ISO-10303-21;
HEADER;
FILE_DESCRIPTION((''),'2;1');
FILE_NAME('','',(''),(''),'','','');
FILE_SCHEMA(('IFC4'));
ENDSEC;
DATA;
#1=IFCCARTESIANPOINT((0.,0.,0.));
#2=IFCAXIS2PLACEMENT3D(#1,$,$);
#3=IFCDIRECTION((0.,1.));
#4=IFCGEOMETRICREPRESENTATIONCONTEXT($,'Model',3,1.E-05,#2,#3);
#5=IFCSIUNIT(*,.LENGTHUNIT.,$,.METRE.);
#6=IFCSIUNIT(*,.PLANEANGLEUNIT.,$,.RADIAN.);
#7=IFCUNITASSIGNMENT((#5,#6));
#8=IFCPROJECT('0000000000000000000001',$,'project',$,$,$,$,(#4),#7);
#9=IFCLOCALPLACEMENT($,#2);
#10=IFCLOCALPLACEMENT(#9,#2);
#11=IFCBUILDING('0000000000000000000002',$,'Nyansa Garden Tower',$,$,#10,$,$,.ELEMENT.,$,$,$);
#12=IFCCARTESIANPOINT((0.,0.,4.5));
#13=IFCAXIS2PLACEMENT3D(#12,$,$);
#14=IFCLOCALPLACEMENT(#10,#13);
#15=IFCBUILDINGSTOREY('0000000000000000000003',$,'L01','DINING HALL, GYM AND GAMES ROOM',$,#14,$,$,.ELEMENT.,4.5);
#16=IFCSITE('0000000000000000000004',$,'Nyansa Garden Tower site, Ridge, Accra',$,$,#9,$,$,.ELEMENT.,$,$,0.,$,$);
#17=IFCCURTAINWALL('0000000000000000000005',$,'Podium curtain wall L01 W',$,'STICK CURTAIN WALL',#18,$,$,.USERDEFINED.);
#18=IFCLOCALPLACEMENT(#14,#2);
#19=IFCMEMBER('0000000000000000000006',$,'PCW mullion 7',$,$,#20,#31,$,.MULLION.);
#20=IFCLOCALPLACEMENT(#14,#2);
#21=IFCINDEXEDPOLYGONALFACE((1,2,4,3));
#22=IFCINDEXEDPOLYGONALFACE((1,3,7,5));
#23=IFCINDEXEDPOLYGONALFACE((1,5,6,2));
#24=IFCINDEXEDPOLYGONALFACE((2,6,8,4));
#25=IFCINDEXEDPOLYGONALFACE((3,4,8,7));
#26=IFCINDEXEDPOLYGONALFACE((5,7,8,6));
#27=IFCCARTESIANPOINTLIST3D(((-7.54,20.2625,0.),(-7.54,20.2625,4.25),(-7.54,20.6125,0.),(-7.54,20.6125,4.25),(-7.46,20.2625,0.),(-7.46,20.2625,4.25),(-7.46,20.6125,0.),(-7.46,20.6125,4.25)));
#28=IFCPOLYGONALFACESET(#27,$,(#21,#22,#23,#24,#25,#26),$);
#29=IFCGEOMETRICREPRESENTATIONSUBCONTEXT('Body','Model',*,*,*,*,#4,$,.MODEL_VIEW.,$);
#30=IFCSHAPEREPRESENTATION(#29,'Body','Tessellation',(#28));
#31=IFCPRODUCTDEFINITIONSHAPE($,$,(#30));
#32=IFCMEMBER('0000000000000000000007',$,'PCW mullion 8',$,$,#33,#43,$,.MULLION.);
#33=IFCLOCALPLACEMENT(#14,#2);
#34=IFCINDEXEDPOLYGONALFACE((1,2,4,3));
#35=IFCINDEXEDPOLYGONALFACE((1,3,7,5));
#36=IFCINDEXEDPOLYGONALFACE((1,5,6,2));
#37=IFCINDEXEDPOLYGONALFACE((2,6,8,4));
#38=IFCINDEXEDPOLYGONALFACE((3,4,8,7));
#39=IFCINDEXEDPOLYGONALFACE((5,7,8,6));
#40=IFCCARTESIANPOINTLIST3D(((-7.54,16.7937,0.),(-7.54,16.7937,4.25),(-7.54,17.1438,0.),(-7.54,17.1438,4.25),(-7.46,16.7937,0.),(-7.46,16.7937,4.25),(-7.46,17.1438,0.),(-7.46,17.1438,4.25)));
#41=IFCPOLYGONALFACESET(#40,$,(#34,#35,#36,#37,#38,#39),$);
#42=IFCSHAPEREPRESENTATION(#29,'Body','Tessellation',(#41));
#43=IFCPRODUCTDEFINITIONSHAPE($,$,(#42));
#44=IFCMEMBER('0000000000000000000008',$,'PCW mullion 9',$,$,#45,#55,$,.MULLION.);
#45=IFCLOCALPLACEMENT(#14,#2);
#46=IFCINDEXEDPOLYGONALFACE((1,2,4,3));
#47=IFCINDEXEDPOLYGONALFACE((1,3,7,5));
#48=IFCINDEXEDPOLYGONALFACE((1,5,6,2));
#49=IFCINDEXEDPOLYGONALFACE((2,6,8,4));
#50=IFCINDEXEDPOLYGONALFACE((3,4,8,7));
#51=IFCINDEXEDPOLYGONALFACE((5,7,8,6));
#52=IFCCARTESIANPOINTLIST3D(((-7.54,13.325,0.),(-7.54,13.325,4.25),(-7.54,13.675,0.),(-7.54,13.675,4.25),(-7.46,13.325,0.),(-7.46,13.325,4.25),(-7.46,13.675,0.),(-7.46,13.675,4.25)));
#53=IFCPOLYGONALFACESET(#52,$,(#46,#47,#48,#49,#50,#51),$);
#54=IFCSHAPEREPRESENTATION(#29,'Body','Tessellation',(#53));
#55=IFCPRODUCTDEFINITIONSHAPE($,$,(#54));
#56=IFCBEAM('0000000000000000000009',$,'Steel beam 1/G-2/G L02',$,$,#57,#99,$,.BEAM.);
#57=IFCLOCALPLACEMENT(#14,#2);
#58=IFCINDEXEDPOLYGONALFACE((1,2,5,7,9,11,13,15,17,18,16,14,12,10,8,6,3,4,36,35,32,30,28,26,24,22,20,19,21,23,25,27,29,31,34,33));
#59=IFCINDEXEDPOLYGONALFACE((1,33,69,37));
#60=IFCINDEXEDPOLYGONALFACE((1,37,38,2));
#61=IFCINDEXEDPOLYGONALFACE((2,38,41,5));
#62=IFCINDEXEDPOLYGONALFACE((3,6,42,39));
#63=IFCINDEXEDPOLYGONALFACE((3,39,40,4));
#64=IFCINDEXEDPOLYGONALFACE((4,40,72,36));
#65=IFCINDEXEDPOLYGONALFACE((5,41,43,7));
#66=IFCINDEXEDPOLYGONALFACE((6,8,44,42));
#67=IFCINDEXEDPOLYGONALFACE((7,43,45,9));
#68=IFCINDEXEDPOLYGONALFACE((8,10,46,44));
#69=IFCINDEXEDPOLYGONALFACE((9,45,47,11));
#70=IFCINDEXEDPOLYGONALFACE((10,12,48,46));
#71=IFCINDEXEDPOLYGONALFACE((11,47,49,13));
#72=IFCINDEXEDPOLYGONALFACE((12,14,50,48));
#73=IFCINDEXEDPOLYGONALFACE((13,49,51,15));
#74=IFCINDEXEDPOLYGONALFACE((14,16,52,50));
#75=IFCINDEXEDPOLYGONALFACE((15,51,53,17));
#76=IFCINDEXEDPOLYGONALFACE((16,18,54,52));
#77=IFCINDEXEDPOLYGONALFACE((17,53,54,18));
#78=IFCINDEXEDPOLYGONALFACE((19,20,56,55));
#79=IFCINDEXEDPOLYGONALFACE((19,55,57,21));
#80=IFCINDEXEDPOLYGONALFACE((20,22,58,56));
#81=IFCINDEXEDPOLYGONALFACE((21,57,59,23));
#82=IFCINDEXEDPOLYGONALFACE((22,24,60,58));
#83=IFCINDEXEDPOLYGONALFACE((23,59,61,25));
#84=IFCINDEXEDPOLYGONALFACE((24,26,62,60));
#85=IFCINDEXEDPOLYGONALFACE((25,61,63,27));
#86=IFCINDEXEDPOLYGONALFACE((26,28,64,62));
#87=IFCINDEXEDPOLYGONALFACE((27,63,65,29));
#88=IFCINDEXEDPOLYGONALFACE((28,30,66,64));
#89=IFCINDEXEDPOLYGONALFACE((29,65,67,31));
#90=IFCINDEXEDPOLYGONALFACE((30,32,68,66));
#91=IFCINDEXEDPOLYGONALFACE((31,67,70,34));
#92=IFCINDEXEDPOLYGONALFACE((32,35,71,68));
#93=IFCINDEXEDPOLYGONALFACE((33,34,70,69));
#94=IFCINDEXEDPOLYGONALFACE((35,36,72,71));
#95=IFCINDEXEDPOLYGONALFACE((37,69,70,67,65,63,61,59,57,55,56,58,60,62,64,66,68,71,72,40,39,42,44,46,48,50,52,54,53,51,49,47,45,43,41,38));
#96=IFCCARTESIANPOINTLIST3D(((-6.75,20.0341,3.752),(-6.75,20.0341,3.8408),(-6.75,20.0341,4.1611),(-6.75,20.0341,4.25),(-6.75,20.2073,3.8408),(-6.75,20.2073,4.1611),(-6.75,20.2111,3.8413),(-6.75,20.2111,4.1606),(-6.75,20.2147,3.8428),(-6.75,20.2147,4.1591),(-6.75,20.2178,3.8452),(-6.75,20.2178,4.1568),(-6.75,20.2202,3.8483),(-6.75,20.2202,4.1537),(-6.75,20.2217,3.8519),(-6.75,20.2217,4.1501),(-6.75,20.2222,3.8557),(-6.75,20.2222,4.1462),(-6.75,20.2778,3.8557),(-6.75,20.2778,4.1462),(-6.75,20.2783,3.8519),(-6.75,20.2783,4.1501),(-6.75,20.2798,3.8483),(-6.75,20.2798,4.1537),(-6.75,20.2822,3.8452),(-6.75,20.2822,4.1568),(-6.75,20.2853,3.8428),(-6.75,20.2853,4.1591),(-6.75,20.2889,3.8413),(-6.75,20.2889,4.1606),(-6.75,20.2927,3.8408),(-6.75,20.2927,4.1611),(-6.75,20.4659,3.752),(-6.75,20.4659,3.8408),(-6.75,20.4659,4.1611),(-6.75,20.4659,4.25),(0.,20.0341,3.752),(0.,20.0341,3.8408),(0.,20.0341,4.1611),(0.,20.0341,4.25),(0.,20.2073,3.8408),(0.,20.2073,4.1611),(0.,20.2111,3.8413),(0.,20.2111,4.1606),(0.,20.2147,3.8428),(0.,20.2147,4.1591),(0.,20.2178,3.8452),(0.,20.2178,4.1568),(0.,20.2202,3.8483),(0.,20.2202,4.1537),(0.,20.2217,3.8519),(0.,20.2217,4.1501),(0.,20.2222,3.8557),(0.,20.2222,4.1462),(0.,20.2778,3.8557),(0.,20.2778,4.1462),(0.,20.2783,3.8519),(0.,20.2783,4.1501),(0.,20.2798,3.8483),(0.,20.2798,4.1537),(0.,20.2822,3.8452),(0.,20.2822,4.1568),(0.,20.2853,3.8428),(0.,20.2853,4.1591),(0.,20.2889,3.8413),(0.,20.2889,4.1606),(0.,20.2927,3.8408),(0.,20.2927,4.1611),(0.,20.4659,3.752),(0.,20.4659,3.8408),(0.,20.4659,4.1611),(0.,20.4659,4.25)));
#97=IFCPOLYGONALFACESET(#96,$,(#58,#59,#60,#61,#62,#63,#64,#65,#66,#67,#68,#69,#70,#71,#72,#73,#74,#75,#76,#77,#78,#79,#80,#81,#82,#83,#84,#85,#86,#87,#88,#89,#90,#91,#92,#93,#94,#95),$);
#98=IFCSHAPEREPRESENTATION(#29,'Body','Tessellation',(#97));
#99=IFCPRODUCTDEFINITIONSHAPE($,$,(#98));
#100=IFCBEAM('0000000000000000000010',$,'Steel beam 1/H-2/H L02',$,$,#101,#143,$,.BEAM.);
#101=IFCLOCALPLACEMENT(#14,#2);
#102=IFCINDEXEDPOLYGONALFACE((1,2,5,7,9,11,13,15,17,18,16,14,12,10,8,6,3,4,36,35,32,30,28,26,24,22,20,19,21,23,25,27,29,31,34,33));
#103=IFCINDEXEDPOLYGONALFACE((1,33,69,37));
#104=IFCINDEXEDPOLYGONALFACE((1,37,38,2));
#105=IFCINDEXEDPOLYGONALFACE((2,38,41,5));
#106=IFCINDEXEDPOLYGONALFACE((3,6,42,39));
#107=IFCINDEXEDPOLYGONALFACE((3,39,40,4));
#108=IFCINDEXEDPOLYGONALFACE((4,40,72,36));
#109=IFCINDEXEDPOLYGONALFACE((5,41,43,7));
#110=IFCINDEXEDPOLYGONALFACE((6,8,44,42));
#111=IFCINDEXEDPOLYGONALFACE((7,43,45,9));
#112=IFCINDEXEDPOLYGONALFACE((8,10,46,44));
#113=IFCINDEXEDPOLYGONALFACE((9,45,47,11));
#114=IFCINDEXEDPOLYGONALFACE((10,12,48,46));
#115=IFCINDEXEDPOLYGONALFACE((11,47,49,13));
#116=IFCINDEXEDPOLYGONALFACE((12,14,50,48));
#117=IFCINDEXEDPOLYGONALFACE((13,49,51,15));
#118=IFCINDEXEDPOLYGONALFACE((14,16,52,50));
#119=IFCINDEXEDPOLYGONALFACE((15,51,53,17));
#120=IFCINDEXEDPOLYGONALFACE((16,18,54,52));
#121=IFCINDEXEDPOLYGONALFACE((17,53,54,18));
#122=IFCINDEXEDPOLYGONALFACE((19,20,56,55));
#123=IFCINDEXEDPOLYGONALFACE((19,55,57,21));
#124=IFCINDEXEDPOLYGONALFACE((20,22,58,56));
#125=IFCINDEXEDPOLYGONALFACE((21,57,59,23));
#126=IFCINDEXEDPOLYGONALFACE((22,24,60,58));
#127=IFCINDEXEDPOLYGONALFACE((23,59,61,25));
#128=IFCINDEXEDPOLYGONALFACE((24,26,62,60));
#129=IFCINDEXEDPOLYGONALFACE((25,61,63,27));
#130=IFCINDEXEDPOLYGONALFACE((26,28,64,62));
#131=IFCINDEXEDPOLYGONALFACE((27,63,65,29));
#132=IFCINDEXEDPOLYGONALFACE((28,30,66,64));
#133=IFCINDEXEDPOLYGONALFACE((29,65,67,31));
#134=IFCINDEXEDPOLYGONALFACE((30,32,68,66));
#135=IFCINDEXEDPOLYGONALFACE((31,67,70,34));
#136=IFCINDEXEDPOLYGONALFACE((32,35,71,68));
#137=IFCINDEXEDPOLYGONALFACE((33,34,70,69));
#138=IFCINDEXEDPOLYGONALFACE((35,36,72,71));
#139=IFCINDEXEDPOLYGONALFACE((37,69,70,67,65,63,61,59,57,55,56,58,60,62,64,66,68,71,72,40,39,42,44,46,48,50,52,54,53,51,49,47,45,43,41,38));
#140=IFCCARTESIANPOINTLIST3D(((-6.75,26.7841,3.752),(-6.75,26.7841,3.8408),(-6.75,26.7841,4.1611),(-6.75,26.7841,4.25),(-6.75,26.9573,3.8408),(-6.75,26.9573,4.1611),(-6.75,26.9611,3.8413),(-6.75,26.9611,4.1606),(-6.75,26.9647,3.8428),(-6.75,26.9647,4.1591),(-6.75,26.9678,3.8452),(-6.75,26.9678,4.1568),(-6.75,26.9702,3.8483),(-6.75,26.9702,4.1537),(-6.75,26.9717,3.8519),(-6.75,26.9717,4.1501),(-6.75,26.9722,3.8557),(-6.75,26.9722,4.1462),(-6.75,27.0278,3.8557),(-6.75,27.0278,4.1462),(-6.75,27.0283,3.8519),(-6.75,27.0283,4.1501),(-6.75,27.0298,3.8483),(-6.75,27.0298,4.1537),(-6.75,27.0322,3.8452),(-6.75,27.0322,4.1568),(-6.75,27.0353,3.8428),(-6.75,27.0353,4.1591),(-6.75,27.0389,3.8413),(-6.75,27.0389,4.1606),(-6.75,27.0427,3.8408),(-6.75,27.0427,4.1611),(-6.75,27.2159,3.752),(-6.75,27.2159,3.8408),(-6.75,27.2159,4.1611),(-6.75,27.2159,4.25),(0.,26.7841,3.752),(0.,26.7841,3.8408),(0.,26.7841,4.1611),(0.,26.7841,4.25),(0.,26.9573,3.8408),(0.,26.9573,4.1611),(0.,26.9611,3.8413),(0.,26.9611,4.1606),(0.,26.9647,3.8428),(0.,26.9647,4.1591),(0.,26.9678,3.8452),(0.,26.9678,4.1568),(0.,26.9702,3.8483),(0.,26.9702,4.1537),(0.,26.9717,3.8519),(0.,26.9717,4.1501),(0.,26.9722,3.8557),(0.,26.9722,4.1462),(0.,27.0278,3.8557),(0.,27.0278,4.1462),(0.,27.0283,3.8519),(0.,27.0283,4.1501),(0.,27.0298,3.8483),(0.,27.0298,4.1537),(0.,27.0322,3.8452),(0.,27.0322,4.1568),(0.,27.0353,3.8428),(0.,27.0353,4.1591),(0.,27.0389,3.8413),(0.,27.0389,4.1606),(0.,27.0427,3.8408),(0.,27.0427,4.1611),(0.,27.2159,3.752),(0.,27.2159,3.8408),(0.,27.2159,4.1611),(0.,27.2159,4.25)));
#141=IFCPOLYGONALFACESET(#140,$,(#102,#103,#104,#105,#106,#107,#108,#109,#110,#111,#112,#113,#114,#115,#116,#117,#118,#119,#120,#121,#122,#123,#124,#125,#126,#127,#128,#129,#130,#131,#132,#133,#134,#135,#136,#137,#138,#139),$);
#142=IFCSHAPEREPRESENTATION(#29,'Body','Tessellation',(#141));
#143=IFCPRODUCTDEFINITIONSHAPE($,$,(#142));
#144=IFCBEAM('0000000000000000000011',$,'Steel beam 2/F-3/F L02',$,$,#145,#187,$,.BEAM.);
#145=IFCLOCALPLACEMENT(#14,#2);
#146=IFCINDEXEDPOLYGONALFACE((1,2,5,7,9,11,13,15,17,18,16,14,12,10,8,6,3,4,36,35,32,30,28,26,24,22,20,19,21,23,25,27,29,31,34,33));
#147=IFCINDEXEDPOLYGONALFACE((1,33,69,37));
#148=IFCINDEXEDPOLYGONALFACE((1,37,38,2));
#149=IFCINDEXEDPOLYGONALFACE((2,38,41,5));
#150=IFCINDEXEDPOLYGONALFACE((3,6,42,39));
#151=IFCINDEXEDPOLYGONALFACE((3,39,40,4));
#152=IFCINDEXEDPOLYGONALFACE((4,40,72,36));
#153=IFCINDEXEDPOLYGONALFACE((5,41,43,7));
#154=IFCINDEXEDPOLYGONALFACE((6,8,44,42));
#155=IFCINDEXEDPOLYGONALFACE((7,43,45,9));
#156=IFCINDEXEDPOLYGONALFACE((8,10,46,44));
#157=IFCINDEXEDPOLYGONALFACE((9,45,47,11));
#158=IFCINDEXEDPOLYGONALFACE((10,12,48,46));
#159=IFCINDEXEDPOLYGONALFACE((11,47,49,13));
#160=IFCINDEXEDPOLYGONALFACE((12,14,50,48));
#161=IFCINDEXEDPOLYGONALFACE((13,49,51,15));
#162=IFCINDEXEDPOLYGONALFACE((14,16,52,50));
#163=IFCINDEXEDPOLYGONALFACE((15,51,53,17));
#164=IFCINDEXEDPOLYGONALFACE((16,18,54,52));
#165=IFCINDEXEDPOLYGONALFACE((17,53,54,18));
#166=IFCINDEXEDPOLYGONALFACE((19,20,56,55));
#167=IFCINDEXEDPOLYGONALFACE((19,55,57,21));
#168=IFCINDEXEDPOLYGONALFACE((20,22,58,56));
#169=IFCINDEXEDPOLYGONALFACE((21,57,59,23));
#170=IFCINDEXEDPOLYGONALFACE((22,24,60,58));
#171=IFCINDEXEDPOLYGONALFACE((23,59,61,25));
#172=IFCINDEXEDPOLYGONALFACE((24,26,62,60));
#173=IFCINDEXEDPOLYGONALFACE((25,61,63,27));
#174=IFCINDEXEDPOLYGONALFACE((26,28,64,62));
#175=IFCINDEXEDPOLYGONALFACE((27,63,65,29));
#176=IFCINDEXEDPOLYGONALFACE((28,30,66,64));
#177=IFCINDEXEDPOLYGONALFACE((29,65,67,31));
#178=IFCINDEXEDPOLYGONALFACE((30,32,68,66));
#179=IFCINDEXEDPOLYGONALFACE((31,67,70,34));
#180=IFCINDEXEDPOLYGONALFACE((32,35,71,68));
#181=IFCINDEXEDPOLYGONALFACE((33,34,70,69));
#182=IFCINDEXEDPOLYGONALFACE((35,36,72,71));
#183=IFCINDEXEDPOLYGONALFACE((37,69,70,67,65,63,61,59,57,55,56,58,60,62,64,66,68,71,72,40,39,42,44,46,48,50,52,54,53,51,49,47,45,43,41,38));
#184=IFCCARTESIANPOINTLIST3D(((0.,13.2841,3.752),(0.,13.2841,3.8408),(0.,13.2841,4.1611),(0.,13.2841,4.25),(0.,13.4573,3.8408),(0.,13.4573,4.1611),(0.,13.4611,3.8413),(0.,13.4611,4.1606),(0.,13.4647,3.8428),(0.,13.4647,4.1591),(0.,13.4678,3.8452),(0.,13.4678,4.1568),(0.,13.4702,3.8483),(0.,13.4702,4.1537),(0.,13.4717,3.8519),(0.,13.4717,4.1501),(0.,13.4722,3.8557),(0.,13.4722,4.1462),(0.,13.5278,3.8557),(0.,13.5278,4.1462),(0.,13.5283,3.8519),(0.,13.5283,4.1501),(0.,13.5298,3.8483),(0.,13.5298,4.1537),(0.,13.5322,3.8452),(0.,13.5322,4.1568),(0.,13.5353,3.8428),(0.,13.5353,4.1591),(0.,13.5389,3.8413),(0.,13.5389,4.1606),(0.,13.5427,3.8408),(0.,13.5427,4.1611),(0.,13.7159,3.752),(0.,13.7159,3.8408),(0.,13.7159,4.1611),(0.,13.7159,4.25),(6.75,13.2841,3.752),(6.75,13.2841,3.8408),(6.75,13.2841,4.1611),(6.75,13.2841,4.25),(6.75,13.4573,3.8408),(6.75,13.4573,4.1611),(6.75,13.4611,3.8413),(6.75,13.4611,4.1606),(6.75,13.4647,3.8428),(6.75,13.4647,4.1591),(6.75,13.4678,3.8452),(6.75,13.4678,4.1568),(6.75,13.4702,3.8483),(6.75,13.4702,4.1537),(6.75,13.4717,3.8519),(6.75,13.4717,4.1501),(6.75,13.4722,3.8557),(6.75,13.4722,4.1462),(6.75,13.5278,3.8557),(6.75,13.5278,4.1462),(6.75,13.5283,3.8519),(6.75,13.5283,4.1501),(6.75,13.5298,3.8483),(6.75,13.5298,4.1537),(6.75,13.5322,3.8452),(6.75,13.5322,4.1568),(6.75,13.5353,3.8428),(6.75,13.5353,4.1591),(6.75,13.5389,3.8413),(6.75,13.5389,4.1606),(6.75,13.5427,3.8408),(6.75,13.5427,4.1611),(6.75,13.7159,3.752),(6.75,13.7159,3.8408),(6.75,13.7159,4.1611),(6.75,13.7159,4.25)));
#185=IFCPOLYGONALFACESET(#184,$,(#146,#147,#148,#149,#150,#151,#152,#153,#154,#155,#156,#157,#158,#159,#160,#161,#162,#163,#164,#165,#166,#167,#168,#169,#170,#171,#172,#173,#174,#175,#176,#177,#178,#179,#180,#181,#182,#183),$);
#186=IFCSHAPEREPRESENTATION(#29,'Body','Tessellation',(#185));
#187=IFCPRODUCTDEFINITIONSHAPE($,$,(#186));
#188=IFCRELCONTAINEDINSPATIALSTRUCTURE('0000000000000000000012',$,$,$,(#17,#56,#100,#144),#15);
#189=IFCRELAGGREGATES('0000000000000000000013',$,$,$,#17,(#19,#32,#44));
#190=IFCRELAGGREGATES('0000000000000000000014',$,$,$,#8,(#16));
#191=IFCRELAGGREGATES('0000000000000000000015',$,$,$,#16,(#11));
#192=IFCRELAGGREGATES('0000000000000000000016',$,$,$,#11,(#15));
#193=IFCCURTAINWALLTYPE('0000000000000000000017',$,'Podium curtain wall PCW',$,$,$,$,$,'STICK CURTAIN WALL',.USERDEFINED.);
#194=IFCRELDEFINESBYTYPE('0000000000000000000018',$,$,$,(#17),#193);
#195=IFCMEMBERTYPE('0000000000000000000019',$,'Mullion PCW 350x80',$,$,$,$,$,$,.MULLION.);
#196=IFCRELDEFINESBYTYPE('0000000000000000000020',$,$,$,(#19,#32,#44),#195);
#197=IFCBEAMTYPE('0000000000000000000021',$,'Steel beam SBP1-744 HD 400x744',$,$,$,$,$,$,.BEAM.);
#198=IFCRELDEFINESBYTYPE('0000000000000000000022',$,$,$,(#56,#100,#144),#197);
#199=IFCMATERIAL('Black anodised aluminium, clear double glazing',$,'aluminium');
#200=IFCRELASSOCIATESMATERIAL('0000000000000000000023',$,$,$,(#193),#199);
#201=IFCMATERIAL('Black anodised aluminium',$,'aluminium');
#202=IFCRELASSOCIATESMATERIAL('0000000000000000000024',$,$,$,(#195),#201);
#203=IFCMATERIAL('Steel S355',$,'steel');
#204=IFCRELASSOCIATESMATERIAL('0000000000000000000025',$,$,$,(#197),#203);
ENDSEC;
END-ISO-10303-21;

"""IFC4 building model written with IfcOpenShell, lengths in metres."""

from ifc_helpers import new_model, si_unit, direction, frame, origin, origin_2d, place, context, subcontext, project, spatial, rectangle, i_section, extrude, material, material_profile, profile_set, type_object, element, aggregate, save


model = new_model("IFC4")

# Units and contexts
model_context = context("Model", 3, precision=1e-05, world=origin(), true_north=direction((0.0, 1.0)))
body_context = subcontext(model_context, "Body", "Model", "MODEL_VIEW")
ifc_project = project(units=[si_unit("LENGTHUNIT", "METRE"), si_unit("PLANEANGLEUNIT", "RADIAN")], contexts=[model_context])

# Site, building, storey
site_placement = place(None, origin())
site = spatial("IfcSite", under=ifc_project, at=site_placement, Name="Nyansa Garden Tower site, Ridge, Accra", CompositionType="ELEMENT", RefElevation=0.0)
building_placement = place(site_placement, origin())
building = spatial("IfcBuilding", under=site, at=building_placement, Name="Nyansa Garden Tower", CompositionType="ELEMENT")
storey_placement = place(building_placement, frame((0.0, 0.0, 4.5)))
storey = spatial("IfcBuildingStorey", under=building, at=storey_placement, Name="L01", Description="DINING HALL, GYM AND GAMES ROOM", CompositionType="ELEMENT", Elevation=4.5)

# Curtain wall, members
ifc_material_1 = material(Name="Black anodised aluminium, clear double glazing", Category="aluminium")
curtain_wall_type = type_object("IfcCurtainWallType", Name="Podium curtain wall PCW", ElementType="STICK CURTAIN WALL", PredefinedType="USERDEFINED", material=ifc_material_1)
curtain_wall_placement = place(storey_placement, origin())
curtain_wall = element("IfcCurtainWall", 1, at=curtain_wall_placement, inside=storey, type_object=curtain_wall_type, Name="Podium curtain wall L01 W", ObjectType="STICK CURTAIN WALL", PredefinedType="USERDEFINED")
ifc_material_2 = material(Name="Black anodised aluminium", Category="aluminium")
ifc_material_profile_1 = material_profile(ifc_material_2, rectangle(XDim=0.0801, YDim=0.3501, at=origin_2d()), Name="Mullion 350x80")
ifc_profile_set_1 = profile_set([ifc_material_profile_1], Name="Black anodised aluminium")
member_type_1 = type_object("IfcMemberType", Name="Mullion PCW 350x80", PredefinedType="MULLION", material=ifc_profile_set_1)
member_1_placement = place(storey_placement, frame((-7.5, 20.4375, 0.0), z_axis=(0.0, 0.0, 1.0), x_axis=(1.0, 0.0, 0.0)))
member_1 = element("IfcMember", 2, at=member_1_placement, type_object=member_type_1, Name="PCW mullion 7", PredefinedType="MULLION", context=body_context, shape_type="SweptSolid", body=[
    extrude(rectangle(XDim=0.0801, YDim=0.3501, at=origin_2d()), origin(), (0.0, 0.0, 1.0), 4.25),
])
member_2_placement = place(storey_placement, frame((-7.5, 16.9688, 0.0), z_axis=(0.0, 0.0, 1.0), x_axis=(1.0, 0.0, 0.0)))
member_2 = element("IfcMember", 3, at=member_2_placement, type_object=member_type_1, Name="PCW mullion 8", PredefinedType="MULLION", context=body_context, shape_type="SweptSolid", body=[
    extrude(rectangle(XDim=0.0801, YDim=0.3501, at=origin_2d()), origin(), (0.0, 0.0, 1.0), 4.25),
])
member_3_placement = place(storey_placement, frame((-7.5, 13.5, 0.0), z_axis=(0.0, 0.0, 1.0), x_axis=(1.0, 0.0, 0.0)))
member_3 = element("IfcMember", 4, at=member_3_placement, type_object=member_type_1, Name="PCW mullion 9", PredefinedType="MULLION", context=body_context, shape_type="SweptSolid", body=[
    extrude(rectangle(XDim=0.0801, YDim=0.3501, at=origin_2d()), origin(), (0.0, 0.0, 1.0), 4.25),
])

# Beams
ifc_material_3 = material(Name="Steel S355", Category="steel")
ifc_material_profile_2 = material_profile(ifc_material_3, i_section(OverallWidth=0.4319, OverallDepth=0.498, WebThickness=0.0557, FlangeThickness=0.0889, FilletRadius=0.0149, at=origin_2d()), Name="HD 400x744")
ifc_profile_set_2 = profile_set([ifc_material_profile_2], Name="Steel S355")
beam_type_1 = type_object("IfcBeamType", Name="Steel beam SBP1-744 HD 400x744", PredefinedType="BEAM", material=ifc_profile_set_2)
for number, where, z_axis, x_axis, name in (
    (5, (-6.75, 20.25, 4.001), (1.0, 0.0, 0.0), (0.0, 1.0, 0.0), "Steel beam 1/G-2/G L02"),
    (6, (-6.75, 27.0, 4.001), (1.0, 0.0, 0.0), (0.0, 1.0, 0.0), "Steel beam 1/H-2/H L02"),
    (7, (0.0, 13.5, 4.001), (1.0, 0.0, 0.0), (0.0, 1.0, 0.0), "Steel beam 2/F-3/F L02"),
):
    element("IfcBeam", number, at=place(storey_placement, frame(where, z_axis=z_axis, x_axis=x_axis)), inside=storey, type_object=beam_type_1, Name=name, PredefinedType="BEAM", context=body_context, shape_type="SweptSolid", body=[
        extrude(i_section(OverallWidth=0.4319, OverallDepth=0.498, WebThickness=0.0557, FlangeThickness=0.0889, FilletRadius=0.0149, at=origin_2d()), origin(), (0.0, 0.0, 1.0), 6.75),
    ])

aggregate(curtain_wall, [member_1, member_2, member_3])

save(model, "model.ifc")
